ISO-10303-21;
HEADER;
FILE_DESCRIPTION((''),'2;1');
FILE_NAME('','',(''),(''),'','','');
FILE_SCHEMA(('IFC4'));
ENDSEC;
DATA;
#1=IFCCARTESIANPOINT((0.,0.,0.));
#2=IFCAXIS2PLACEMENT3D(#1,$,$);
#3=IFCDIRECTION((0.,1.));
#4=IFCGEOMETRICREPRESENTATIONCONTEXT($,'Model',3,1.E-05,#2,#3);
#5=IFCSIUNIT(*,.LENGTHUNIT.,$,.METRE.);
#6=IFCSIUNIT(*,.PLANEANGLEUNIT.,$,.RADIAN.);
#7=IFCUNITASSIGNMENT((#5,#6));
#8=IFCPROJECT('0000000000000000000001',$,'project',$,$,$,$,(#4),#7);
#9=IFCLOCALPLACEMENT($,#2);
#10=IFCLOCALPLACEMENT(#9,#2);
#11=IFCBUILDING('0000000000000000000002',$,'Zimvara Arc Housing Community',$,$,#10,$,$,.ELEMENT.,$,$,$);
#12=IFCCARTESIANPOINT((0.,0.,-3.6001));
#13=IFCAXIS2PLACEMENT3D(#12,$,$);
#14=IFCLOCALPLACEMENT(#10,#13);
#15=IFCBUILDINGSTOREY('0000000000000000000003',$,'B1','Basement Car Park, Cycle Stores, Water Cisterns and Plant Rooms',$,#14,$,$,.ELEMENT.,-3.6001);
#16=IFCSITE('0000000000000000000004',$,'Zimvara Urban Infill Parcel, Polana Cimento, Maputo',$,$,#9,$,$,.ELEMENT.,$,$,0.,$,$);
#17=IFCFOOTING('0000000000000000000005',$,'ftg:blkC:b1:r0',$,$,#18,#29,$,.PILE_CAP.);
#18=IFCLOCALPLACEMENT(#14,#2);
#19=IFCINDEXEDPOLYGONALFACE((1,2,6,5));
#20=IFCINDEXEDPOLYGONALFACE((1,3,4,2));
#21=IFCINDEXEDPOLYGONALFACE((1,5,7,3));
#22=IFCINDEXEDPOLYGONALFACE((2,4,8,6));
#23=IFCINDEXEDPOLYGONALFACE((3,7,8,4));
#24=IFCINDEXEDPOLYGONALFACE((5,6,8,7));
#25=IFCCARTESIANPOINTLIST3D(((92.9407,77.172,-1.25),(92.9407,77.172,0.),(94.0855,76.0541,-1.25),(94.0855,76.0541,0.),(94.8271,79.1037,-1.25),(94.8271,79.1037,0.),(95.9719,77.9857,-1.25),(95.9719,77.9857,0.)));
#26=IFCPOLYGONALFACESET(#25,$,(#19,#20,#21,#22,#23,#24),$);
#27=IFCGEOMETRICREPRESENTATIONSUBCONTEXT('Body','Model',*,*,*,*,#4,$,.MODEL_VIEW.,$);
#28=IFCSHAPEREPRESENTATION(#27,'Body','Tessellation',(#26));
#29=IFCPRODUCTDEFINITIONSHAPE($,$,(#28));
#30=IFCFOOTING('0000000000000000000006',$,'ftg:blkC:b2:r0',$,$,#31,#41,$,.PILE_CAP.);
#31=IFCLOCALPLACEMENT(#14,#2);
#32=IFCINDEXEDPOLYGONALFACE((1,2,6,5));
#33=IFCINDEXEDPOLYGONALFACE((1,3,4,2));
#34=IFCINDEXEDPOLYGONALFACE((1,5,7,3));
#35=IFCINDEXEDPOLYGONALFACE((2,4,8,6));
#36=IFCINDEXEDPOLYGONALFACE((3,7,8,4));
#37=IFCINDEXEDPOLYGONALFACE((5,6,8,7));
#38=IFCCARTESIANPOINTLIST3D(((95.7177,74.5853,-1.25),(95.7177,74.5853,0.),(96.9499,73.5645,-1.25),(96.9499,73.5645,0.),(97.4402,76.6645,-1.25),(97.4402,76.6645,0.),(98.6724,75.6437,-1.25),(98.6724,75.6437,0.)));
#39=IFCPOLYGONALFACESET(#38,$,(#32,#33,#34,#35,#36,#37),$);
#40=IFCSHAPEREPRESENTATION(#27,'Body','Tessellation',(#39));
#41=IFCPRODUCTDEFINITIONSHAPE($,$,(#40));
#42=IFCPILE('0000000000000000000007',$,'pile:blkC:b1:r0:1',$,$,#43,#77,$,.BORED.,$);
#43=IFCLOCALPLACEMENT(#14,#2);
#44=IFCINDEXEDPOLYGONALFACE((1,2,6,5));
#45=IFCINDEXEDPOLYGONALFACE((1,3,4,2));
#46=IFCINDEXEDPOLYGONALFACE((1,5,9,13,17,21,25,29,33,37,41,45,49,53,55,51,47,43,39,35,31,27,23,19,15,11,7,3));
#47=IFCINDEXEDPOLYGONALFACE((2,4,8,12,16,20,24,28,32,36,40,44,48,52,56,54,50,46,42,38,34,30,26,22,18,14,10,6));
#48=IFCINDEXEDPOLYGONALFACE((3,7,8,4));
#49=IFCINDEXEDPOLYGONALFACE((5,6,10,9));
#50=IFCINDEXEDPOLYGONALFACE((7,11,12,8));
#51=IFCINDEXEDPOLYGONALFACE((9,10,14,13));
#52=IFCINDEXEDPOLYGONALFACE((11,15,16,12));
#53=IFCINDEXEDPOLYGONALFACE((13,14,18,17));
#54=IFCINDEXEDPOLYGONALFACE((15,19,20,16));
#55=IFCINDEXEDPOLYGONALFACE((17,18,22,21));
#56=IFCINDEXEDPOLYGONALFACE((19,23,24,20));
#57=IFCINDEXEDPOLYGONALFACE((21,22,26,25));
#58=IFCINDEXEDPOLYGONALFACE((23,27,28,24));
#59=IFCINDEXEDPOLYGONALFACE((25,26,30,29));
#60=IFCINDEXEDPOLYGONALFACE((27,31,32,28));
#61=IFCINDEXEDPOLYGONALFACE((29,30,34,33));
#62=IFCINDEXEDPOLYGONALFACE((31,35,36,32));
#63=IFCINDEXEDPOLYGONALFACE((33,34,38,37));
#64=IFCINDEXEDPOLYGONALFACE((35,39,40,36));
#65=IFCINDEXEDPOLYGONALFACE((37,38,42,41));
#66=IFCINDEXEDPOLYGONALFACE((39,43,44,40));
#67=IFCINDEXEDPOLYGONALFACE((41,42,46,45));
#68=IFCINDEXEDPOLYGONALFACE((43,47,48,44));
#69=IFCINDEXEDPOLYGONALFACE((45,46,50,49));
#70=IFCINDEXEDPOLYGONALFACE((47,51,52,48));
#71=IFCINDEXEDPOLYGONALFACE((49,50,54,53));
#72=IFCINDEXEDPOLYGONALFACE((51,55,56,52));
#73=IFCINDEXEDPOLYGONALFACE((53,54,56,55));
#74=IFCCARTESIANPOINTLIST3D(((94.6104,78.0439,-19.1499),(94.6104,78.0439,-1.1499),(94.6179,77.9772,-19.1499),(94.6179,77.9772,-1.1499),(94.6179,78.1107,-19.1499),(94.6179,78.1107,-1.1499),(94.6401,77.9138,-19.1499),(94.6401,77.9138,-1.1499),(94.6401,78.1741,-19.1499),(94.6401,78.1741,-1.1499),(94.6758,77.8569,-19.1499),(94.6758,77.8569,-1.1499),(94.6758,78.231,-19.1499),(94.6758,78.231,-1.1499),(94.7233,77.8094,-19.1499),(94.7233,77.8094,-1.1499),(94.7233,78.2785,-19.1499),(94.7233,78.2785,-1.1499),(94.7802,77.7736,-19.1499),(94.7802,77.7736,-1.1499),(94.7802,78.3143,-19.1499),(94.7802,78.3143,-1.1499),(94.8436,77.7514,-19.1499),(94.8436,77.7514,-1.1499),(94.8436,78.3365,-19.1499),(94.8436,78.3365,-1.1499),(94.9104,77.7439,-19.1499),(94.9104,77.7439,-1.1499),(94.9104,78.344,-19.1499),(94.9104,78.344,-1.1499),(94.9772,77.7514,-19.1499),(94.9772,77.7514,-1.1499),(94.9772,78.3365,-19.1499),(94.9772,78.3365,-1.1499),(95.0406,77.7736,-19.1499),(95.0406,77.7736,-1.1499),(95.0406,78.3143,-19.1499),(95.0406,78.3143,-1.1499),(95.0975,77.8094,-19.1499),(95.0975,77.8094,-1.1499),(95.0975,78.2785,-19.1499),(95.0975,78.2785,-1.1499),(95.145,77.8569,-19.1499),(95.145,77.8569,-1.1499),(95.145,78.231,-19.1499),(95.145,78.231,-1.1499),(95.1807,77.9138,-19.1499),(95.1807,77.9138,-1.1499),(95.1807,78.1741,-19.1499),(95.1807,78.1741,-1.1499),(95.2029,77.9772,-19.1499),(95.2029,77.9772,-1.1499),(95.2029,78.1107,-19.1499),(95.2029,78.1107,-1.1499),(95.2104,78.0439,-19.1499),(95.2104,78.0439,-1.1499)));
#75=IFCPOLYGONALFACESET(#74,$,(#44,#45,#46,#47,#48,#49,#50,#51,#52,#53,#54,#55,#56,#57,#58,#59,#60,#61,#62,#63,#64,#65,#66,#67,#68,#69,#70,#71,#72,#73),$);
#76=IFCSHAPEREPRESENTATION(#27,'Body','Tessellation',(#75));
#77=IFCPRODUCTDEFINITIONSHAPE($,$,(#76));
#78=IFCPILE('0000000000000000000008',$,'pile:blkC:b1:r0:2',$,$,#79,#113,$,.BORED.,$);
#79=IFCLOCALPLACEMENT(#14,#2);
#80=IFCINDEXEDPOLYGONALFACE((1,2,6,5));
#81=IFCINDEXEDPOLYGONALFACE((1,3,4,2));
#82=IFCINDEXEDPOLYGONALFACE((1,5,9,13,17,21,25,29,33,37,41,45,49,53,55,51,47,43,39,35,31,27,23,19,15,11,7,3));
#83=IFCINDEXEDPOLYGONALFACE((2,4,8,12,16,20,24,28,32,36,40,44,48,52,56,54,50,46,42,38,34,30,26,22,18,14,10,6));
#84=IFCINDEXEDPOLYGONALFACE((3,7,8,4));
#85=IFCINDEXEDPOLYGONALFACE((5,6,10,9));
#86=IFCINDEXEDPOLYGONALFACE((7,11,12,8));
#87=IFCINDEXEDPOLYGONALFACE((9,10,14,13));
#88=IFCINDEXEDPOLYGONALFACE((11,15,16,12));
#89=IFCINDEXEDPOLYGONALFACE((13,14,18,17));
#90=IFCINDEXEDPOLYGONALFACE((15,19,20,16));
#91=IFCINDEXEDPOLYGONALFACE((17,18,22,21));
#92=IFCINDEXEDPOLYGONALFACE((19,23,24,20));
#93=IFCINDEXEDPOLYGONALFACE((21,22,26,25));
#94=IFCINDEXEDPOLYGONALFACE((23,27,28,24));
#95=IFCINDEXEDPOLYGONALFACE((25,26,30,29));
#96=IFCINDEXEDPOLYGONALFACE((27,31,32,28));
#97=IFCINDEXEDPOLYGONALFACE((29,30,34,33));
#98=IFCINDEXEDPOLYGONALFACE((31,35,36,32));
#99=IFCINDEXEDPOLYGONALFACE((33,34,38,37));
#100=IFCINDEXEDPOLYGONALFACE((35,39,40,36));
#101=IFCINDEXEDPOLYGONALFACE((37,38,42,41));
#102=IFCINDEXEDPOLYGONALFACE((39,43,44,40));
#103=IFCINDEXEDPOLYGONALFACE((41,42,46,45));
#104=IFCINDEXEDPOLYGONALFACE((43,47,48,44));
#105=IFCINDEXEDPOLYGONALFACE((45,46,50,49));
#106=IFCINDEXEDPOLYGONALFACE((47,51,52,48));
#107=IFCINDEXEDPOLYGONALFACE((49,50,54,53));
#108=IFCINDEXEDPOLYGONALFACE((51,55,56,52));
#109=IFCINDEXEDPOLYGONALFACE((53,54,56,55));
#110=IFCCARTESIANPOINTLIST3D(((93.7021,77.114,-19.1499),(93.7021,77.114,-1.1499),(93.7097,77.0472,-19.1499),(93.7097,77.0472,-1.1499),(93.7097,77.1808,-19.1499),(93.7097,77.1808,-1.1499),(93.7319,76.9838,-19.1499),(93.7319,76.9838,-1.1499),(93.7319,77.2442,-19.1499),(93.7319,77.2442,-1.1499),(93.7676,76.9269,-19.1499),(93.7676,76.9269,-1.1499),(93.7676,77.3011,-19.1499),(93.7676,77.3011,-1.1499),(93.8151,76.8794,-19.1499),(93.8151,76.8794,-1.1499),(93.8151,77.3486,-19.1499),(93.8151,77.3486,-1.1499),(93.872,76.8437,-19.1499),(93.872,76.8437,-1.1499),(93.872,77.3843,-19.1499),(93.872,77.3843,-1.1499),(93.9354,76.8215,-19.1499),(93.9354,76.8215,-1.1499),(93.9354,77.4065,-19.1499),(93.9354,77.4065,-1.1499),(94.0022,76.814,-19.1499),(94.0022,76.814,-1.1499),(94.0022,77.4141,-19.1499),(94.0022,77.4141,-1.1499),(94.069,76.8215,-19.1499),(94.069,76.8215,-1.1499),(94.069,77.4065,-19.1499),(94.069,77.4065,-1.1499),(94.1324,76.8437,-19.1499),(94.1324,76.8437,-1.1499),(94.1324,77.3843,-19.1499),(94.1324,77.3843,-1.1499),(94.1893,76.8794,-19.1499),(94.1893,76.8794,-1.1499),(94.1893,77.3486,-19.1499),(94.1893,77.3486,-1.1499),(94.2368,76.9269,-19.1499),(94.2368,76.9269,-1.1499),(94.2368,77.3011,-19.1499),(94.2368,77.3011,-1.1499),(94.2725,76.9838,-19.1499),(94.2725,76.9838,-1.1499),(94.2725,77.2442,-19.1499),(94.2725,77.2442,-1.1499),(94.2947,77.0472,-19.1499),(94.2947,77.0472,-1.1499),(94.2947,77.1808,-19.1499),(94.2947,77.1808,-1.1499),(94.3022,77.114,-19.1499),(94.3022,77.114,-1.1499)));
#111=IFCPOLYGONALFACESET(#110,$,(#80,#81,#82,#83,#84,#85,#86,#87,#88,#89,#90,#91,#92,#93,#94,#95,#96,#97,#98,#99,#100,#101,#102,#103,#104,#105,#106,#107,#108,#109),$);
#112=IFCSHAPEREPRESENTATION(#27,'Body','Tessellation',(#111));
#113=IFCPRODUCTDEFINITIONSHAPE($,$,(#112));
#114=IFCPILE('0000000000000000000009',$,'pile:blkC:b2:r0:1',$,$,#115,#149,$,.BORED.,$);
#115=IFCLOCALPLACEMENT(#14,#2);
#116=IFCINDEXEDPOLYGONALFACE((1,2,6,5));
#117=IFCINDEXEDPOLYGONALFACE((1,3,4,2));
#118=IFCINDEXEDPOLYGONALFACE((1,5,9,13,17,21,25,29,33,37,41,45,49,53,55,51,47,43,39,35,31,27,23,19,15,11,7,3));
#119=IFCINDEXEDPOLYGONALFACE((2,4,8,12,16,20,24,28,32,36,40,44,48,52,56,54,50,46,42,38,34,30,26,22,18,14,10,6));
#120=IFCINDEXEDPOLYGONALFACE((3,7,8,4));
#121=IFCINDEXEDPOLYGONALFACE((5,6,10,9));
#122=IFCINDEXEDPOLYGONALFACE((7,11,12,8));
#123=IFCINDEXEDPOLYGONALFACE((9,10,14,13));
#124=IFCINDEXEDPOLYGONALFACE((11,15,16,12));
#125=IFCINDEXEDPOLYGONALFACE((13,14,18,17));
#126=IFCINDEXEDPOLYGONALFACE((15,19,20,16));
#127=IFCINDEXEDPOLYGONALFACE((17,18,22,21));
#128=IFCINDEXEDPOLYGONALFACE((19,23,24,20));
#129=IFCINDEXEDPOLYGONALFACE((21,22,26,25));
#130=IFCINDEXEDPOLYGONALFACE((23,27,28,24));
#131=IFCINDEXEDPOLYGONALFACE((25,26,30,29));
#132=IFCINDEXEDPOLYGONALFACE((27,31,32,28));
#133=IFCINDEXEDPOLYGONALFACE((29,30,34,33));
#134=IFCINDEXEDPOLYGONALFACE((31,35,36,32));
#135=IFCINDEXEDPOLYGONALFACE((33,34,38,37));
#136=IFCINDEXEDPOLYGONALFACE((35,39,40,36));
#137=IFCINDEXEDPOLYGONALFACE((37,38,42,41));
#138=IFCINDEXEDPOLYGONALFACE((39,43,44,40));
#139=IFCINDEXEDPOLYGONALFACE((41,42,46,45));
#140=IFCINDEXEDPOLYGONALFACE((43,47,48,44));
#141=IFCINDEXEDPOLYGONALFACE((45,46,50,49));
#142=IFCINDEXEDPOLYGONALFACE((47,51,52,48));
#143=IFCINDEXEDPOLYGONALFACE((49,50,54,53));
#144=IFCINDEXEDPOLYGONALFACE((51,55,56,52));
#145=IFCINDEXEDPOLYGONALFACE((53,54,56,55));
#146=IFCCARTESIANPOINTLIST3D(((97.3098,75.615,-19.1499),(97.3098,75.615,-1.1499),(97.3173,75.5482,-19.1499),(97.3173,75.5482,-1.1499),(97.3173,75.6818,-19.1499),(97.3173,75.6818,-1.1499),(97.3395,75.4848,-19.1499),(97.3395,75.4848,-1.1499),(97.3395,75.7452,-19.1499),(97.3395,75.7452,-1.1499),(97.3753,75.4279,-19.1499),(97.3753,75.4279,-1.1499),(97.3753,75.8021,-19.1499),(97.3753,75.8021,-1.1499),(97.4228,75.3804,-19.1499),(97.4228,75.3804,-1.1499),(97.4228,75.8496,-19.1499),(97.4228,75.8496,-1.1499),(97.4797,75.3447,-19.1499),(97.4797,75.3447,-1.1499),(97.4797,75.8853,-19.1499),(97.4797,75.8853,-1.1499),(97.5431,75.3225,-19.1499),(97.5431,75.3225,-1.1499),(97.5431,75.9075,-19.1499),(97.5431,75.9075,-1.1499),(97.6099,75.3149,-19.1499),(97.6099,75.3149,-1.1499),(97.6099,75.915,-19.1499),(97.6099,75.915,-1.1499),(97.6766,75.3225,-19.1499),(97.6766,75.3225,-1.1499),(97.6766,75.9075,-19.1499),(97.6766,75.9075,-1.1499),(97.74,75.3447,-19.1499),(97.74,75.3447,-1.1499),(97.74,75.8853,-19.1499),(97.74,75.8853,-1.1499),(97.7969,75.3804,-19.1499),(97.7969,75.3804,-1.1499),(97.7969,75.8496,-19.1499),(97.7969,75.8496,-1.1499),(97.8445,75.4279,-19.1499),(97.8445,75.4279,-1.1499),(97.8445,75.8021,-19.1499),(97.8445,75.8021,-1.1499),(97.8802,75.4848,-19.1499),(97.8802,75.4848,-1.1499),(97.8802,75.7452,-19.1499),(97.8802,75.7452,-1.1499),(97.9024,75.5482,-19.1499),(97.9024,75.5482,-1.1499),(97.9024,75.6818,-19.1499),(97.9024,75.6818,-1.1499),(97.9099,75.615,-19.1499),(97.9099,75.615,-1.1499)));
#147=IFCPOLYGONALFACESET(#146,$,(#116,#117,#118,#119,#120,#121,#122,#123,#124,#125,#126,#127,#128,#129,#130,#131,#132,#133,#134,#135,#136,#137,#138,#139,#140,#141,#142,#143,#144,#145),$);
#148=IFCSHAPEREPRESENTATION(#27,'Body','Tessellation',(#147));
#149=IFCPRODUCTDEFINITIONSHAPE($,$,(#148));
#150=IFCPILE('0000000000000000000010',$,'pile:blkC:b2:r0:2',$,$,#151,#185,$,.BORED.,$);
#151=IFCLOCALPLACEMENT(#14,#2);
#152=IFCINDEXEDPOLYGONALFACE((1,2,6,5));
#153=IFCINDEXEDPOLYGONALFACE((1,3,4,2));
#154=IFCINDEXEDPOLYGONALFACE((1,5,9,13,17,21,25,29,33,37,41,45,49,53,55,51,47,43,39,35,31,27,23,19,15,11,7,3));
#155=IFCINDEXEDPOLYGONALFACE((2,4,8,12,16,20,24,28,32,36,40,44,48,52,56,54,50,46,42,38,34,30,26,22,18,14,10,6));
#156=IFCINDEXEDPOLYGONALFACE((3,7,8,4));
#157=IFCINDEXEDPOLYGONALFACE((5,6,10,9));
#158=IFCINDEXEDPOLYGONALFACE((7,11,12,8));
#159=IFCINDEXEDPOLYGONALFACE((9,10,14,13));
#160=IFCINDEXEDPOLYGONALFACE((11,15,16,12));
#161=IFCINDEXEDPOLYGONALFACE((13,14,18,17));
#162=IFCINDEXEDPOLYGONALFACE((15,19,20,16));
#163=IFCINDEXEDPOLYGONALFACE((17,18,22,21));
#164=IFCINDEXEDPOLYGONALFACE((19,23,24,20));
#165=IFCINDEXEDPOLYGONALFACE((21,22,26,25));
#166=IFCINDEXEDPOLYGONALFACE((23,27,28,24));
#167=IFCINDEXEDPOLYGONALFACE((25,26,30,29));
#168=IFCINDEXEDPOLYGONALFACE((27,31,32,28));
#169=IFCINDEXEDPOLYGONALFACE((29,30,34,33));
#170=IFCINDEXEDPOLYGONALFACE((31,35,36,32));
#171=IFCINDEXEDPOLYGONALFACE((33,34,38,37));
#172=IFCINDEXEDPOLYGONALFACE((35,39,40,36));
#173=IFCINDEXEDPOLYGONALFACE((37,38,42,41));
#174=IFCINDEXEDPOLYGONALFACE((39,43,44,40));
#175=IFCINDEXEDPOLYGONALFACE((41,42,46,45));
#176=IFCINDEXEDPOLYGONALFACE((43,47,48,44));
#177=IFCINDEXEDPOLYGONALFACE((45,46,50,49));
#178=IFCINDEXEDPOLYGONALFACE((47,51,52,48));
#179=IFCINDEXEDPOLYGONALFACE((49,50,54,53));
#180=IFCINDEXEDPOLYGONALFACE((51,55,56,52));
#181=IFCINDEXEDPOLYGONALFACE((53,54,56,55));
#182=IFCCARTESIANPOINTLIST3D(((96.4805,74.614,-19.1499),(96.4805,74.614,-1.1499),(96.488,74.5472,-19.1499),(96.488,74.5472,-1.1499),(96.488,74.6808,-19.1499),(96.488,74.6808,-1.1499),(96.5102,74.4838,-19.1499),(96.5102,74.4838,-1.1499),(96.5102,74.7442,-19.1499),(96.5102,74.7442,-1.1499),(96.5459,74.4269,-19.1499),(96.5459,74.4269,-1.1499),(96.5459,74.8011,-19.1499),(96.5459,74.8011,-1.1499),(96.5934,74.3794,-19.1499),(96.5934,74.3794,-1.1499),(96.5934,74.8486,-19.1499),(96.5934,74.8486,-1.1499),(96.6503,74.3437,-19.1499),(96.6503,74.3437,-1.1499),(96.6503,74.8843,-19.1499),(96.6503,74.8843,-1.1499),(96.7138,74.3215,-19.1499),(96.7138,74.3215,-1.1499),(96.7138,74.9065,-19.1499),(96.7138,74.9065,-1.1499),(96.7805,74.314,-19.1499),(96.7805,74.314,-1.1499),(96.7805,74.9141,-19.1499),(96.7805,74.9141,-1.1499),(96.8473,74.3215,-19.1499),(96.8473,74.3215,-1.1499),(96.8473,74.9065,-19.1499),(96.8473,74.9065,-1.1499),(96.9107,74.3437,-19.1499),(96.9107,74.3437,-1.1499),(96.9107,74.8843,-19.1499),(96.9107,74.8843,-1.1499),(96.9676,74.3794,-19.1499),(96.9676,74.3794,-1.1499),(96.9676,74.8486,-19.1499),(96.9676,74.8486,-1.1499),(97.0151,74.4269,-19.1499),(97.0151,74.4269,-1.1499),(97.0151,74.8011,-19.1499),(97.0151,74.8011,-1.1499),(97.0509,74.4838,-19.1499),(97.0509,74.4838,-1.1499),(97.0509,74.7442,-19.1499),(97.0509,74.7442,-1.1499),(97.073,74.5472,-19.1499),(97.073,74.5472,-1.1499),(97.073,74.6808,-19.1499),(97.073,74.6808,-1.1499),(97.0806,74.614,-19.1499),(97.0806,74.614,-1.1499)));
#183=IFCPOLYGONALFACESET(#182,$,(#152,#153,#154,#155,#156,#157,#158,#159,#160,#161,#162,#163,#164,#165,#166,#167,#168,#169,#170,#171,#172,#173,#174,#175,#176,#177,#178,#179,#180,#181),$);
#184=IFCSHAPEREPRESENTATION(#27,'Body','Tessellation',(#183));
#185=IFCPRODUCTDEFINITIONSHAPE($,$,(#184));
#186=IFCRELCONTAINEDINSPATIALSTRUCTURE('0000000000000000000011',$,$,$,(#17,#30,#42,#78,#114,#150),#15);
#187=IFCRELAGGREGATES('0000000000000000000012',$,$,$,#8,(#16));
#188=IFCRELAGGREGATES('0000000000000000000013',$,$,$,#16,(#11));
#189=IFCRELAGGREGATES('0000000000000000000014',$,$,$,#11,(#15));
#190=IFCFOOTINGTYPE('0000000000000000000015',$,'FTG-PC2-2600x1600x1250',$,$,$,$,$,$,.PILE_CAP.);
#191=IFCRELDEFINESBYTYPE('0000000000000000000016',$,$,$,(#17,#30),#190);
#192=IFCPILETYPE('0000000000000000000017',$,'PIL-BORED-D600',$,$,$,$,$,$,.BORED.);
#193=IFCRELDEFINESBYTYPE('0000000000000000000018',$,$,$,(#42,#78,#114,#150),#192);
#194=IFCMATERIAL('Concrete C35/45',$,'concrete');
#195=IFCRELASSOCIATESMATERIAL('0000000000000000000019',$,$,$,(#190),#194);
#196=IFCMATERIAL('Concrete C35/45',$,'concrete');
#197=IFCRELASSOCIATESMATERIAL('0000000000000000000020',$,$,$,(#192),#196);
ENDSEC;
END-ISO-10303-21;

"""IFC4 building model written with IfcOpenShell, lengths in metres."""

from ifc_helpers import new_model, si_unit, direction, frame, origin, origin_2d, place, context, subcontext, project, spatial, rectangle, circle, extrude, material, material_profile, profile_set, type_object, element, save


model = new_model("IFC4")

# Units and contexts
model_context = context("Model", 3, precision=1e-05, world=origin(), true_north=direction((0.0, 1.0)))
body_context = subcontext(model_context, "Body", "Model", "MODEL_VIEW")
ifc_project = project(units=[si_unit("LENGTHUNIT", "METRE"), si_unit("PLANEANGLEUNIT", "RADIAN")], contexts=[model_context])

# Site, building, storey
site_placement = place(None, origin())
site = spatial("IfcSite", under=ifc_project, at=site_placement, Name="Zimvara Urban Infill Parcel, Polana Cimento, Maputo", CompositionType="ELEMENT", RefElevation=0.0)
building_placement = place(site_placement, origin())
building = spatial("IfcBuilding", under=site, at=building_placement, Name="Zimvara Arc Housing Community", CompositionType="ELEMENT")
storey_placement = place(building_placement, frame((0.0, 0.0, -3.6001)))
storey = spatial("IfcBuildingStorey", under=building, at=storey_placement, Name="B1", Description="Basement Car Park, Cycle Stores, Water Cisterns and Plant Rooms", CompositionType="ELEMENT", Elevation=-3.6001)

# Footings
ifc_material_1 = material(Name="Concrete C35/45", Category="concrete")
footing_type = type_object("IfcFootingType", Name="FTG-PC2-2600x1600x1250", PredefinedType="PILE_CAP", material=ifc_material_1)
for number, where, z_axis, x_axis, name in (
    (1, (94.4563, 77.5789, -1.25), (0.0, 0.0, 1.0), (-0.698665, -0.715449, 0.0), "ftg:blkC:b1:r0"),
    (2, (97.1951, 75.1145, -1.25), (0.0, 0.0, 1.0), (-0.637962, -0.770068, 0.0), "ftg:blkC:b2:r0"),
):
    element("IfcFooting", number, at=place(storey_placement, frame(where, z_axis=z_axis, x_axis=x_axis)), inside=storey, type_object=footing_type, Name=name, PredefinedType="PILE_CAP", context=body_context, shape_type="SweptSolid", body=[
        extrude(rectangle(XDim=2.7, YDim=1.6001, at=origin_2d()), origin(), (0.0, 0.0, 1.0), 1.25),
    ])

# Piles
ifc_material_2 = material(Name="Concrete C35/45", Category="concrete")
ifc_material_profile_1 = material_profile(ifc_material_2, circle(Radius=0.3, at=origin_2d()), Name="PILE D600")
ifc_profile_set_1 = profile_set([ifc_material_profile_1], Name="Concrete C35/45")
pile_type = type_object("IfcPileType", Name="PIL-BORED-D600", PredefinedType="BORED", material=ifc_profile_set_1)
for number, where, z_axis, x_axis, name in (
    (3, (94.9104, 78.0439, -1.1499), (0.0, 0.0, -1.0), (1.0, 0.0, 0.0), "pile:blkC:b1:r0:1"),
    (4, (94.0022, 77.114, -1.1499), (0.0, 0.0, -1.0), (1.0, 0.0, 0.0), "pile:blkC:b1:r0:2"),
    (5, (97.6099, 75.615, -1.1499), (0.0, 0.0, -1.0), (1.0, 0.0, 0.0), "pile:blkC:b2:r0:1"),
    (6, (96.7805, 74.614, -1.1499), (0.0, 0.0, -1.0), (1.0, 0.0, 0.0), "pile:blkC:b2:r0:2"),
):
    element("IfcPile", number, at=place(storey_placement, frame(where, z_axis=z_axis, x_axis=x_axis)), inside=storey, type_object=pile_type, Name=name, PredefinedType="BORED", context=body_context, shape_type="SweptSolid", body=[
        extrude(circle(Radius=0.3, at=origin_2d()), origin(), (0.0, 0.0, 1.0), 18.0),
    ])

save(model, "model.ifc")
